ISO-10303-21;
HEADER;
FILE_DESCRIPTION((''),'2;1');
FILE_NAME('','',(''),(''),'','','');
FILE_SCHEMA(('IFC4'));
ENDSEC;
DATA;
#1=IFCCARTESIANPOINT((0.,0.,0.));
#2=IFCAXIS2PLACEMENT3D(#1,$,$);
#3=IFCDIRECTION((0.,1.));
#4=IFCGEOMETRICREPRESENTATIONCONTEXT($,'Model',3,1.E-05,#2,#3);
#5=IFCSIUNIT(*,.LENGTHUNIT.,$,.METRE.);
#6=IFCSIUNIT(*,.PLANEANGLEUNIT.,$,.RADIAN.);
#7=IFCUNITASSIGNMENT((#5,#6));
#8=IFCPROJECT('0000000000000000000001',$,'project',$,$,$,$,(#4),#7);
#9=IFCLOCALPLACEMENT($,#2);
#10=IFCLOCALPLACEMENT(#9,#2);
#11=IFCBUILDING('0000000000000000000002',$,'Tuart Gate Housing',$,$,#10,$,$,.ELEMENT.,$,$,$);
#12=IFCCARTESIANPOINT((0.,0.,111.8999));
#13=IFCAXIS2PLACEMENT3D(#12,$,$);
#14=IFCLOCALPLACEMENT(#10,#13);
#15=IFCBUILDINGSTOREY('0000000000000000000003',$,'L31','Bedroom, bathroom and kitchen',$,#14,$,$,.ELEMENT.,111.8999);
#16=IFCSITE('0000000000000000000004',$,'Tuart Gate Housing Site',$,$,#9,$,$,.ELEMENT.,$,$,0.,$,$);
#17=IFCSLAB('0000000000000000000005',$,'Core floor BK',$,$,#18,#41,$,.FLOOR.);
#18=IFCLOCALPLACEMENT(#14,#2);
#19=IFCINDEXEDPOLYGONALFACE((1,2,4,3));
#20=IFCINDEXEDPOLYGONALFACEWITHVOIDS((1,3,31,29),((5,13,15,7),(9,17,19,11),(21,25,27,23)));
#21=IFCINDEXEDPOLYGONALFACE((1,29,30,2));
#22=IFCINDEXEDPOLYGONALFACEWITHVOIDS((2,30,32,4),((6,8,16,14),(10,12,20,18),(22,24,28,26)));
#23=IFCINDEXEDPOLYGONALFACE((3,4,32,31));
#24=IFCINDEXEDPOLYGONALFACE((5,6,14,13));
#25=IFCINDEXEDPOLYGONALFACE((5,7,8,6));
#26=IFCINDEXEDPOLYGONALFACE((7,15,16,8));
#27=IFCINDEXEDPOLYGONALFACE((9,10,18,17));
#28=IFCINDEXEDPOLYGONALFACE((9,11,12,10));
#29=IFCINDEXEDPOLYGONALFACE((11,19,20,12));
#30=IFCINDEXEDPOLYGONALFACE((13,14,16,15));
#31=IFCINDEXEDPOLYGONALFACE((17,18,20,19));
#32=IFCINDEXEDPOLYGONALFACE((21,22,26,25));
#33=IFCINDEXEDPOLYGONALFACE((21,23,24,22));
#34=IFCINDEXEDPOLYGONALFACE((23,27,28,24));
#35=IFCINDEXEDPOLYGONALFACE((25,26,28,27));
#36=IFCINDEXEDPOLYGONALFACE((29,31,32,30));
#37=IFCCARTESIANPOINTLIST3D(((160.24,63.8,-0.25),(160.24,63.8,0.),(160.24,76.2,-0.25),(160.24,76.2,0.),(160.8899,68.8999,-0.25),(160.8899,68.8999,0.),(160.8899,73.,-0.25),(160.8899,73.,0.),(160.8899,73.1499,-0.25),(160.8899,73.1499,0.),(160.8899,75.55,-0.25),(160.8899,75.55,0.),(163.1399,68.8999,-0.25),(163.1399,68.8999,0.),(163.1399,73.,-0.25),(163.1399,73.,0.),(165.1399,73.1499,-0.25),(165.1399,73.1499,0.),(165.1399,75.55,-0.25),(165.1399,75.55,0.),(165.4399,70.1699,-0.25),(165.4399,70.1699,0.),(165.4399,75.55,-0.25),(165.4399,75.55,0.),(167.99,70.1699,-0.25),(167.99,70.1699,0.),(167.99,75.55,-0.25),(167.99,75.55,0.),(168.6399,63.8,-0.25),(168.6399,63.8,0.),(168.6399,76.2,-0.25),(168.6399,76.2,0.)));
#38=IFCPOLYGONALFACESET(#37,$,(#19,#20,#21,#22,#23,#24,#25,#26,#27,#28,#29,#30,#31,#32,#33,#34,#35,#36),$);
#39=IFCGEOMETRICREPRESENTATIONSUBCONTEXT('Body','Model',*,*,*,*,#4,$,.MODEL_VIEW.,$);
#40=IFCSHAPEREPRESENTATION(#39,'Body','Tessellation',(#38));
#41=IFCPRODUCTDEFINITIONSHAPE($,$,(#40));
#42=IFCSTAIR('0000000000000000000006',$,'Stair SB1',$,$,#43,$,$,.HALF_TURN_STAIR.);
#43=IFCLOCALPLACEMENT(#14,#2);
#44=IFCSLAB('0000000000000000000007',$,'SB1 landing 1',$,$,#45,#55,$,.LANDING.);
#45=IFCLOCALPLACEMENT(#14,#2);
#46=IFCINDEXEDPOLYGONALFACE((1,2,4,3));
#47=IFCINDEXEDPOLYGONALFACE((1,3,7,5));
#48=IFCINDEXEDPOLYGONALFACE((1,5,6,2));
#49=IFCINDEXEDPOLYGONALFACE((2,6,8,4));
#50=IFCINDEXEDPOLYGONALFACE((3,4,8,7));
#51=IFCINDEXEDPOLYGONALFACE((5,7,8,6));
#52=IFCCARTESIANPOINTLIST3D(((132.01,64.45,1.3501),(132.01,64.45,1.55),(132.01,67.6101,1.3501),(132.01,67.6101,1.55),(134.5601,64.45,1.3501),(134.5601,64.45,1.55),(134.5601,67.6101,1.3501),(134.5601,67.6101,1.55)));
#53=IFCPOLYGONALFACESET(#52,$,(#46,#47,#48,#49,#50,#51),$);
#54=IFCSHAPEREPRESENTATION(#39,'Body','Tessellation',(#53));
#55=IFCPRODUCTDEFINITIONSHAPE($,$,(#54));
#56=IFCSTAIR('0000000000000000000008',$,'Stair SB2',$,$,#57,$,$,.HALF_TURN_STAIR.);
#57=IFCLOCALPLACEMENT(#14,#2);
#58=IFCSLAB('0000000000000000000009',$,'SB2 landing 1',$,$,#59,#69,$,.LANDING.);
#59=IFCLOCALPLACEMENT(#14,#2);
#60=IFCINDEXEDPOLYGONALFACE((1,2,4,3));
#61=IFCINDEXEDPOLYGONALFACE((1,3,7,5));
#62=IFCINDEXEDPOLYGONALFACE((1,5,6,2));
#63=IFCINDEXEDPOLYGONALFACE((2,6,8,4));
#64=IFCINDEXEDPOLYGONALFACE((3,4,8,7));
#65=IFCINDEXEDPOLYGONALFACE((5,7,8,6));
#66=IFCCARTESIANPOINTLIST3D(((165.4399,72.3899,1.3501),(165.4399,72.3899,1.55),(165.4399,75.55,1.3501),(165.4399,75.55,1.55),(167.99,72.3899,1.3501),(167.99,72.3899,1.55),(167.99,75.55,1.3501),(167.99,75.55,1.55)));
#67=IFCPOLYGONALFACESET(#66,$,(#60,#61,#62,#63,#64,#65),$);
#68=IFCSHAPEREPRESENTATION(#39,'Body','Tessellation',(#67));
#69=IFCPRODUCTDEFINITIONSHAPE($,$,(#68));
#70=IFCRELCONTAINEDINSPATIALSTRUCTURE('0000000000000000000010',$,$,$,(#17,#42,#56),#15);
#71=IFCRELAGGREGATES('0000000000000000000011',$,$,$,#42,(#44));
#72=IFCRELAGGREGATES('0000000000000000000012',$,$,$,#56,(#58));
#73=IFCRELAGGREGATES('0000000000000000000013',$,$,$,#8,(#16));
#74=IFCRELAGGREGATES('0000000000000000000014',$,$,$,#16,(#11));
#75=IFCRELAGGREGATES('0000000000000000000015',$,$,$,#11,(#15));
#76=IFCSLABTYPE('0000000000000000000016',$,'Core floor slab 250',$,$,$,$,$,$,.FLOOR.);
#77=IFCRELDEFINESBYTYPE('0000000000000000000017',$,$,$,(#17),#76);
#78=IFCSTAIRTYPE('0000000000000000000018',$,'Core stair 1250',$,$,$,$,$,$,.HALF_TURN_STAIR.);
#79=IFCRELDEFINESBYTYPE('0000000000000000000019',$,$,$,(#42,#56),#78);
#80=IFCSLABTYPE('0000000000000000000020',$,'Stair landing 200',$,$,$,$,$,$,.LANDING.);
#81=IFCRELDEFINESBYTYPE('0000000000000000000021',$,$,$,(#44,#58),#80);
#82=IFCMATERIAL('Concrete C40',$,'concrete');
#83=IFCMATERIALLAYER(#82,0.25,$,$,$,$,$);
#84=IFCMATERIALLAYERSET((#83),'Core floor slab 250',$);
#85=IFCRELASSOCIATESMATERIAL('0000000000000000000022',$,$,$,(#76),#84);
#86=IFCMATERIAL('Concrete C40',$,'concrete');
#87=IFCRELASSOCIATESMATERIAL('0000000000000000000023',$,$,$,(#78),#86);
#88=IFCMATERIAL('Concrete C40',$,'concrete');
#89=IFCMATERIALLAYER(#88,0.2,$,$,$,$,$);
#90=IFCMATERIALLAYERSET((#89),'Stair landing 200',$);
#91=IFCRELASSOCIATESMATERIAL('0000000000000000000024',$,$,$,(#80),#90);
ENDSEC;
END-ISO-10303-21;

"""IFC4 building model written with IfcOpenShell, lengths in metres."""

from ifc_helpers import new_model, si_unit, direction, frame, origin, place, context, subcontext, project, spatial, polyline, outline, extrude, material, layer, layer_set, type_object, element, aggregate, save


model = new_model("IFC4")

# Units and contexts
model_context = context("Model", 3, precision=1e-05, world=origin(), true_north=direction((0.0, 1.0)))
body_context = subcontext(model_context, "Body", "Model", "MODEL_VIEW")
ifc_project = project(units=[si_unit("LENGTHUNIT", "METRE"), si_unit("PLANEANGLEUNIT", "RADIAN")], contexts=[model_context])

# Site, building, storey
site_placement = place(None, origin())
site = spatial("IfcSite", under=ifc_project, at=site_placement, Name="Tuart Gate Housing Site", CompositionType="ELEMENT", RefElevation=0.0)
building_placement = place(site_placement, origin())
building = spatial("IfcBuilding", under=site, at=building_placement, Name="Tuart Gate Housing", CompositionType="ELEMENT")
storey_placement = place(building_placement, frame((0.0, 0.0, 111.8999)))
storey = spatial("IfcBuildingStorey", under=building, at=storey_placement, Name="L31", Description="Bedroom, bathroom and kitchen", CompositionType="ELEMENT", Elevation=111.8999)

# Slab
ifc_material_1 = material(Name="Concrete C40", Category="concrete")
ifc_layer_1 = layer(ifc_material_1, 0.25)
ifc_layer_set_1 = layer_set([ifc_layer_1], Name="Core floor slab 250")
slab_type_1 = type_object("IfcSlabType", Name="Core floor slab 250", PredefinedType="FLOOR", material=ifc_layer_set_1)
slab_1_placement = place(storey_placement, frame((0.0, 0.0, -0.25)))
element("IfcSlab", 1, at=slab_1_placement, inside=storey, type_object=slab_type_1, Name="Core floor BK", PredefinedType="FLOOR", context=body_context, shape_type="SweptSolid", body=[
    extrude(outline(polyline([(160.24, 63.8), (168.6399, 63.8), (168.6399, 76.2), (160.24, 76.2), (160.24, 63.8)]), holes=[polyline([(160.8899, 73.1499), (165.1399, 73.1499), (165.1399, 75.55), (160.8899, 75.55), (160.8899, 73.1499)]), polyline([(160.8899, 68.8999), (163.1399, 68.8999), (163.1399, 73.0), (160.8899, 73.0), (160.8899, 68.8999)]), polyline([(165.4399, 70.1699), (167.99, 70.1699), (167.99, 75.55), (165.4399, 75.55), (165.4399, 70.1699)])]), origin(), (0.0, 0.0, 1.0), 0.25),
])

# Stairs, slabs
ifc_material_2 = material(Name="Concrete C40", Category="concrete")
stair_type = type_object("IfcStairType", Name="Core stair 1250", PredefinedType="HALF_TURN_STAIR", material=ifc_material_2)
stair_1_placement = place(storey_placement, origin())
stair_1 = element("IfcStair", 2, at=stair_1_placement, inside=storey, type_object=stair_type, Name="Stair SB1", PredefinedType="HALF_TURN_STAIR")
ifc_material_3 = material(Name="Concrete C40", Category="concrete")
ifc_layer_2 = layer(ifc_material_3, 0.2)
ifc_layer_set_2 = layer_set([ifc_layer_2], Name="Stair landing 200")
slab_type_2 = type_object("IfcSlabType", Name="Stair landing 200", PredefinedType="LANDING", material=ifc_layer_set_2)
slab_2_placement = place(storey_placement, frame((0.0, 0.0, 1.3501)))
slab_2 = element("IfcSlab", 3, at=slab_2_placement, type_object=slab_type_2, Name="SB1 landing 1", PredefinedType="LANDING", context=body_context, shape_type="SweptSolid", body=[
    extrude(outline(polyline([(134.5601, 67.6101), (132.01, 67.6101), (132.01, 64.45), (134.5601, 64.45), (134.5601, 67.6101)])), origin(), (0.0, 0.0, 1.0), 0.2),
])
aggregate(stair_1, [slab_2])
stair_2_placement = place(storey_placement, origin())
stair_2 = element("IfcStair", 4, at=stair_2_placement, inside=storey, type_object=stair_type, Name="Stair SB2", PredefinedType="HALF_TURN_STAIR")
slab_3_placement = place(storey_placement, frame((0.0, 0.0, 1.3501)))
slab_3 = element("IfcSlab", 5, at=slab_3_placement, type_object=slab_type_2, Name="SB2 landing 1", PredefinedType="LANDING", context=body_context, shape_type="SweptSolid", body=[
    extrude(outline(polyline([(165.4399, 72.3899), (167.99, 72.3899), (167.99, 75.55), (165.4399, 75.55), (165.4399, 72.3899)])), origin(), (0.0, 0.0, 1.0), 0.2),
])
aggregate(stair_2, [slab_3])

save(model, "model.ifc")
